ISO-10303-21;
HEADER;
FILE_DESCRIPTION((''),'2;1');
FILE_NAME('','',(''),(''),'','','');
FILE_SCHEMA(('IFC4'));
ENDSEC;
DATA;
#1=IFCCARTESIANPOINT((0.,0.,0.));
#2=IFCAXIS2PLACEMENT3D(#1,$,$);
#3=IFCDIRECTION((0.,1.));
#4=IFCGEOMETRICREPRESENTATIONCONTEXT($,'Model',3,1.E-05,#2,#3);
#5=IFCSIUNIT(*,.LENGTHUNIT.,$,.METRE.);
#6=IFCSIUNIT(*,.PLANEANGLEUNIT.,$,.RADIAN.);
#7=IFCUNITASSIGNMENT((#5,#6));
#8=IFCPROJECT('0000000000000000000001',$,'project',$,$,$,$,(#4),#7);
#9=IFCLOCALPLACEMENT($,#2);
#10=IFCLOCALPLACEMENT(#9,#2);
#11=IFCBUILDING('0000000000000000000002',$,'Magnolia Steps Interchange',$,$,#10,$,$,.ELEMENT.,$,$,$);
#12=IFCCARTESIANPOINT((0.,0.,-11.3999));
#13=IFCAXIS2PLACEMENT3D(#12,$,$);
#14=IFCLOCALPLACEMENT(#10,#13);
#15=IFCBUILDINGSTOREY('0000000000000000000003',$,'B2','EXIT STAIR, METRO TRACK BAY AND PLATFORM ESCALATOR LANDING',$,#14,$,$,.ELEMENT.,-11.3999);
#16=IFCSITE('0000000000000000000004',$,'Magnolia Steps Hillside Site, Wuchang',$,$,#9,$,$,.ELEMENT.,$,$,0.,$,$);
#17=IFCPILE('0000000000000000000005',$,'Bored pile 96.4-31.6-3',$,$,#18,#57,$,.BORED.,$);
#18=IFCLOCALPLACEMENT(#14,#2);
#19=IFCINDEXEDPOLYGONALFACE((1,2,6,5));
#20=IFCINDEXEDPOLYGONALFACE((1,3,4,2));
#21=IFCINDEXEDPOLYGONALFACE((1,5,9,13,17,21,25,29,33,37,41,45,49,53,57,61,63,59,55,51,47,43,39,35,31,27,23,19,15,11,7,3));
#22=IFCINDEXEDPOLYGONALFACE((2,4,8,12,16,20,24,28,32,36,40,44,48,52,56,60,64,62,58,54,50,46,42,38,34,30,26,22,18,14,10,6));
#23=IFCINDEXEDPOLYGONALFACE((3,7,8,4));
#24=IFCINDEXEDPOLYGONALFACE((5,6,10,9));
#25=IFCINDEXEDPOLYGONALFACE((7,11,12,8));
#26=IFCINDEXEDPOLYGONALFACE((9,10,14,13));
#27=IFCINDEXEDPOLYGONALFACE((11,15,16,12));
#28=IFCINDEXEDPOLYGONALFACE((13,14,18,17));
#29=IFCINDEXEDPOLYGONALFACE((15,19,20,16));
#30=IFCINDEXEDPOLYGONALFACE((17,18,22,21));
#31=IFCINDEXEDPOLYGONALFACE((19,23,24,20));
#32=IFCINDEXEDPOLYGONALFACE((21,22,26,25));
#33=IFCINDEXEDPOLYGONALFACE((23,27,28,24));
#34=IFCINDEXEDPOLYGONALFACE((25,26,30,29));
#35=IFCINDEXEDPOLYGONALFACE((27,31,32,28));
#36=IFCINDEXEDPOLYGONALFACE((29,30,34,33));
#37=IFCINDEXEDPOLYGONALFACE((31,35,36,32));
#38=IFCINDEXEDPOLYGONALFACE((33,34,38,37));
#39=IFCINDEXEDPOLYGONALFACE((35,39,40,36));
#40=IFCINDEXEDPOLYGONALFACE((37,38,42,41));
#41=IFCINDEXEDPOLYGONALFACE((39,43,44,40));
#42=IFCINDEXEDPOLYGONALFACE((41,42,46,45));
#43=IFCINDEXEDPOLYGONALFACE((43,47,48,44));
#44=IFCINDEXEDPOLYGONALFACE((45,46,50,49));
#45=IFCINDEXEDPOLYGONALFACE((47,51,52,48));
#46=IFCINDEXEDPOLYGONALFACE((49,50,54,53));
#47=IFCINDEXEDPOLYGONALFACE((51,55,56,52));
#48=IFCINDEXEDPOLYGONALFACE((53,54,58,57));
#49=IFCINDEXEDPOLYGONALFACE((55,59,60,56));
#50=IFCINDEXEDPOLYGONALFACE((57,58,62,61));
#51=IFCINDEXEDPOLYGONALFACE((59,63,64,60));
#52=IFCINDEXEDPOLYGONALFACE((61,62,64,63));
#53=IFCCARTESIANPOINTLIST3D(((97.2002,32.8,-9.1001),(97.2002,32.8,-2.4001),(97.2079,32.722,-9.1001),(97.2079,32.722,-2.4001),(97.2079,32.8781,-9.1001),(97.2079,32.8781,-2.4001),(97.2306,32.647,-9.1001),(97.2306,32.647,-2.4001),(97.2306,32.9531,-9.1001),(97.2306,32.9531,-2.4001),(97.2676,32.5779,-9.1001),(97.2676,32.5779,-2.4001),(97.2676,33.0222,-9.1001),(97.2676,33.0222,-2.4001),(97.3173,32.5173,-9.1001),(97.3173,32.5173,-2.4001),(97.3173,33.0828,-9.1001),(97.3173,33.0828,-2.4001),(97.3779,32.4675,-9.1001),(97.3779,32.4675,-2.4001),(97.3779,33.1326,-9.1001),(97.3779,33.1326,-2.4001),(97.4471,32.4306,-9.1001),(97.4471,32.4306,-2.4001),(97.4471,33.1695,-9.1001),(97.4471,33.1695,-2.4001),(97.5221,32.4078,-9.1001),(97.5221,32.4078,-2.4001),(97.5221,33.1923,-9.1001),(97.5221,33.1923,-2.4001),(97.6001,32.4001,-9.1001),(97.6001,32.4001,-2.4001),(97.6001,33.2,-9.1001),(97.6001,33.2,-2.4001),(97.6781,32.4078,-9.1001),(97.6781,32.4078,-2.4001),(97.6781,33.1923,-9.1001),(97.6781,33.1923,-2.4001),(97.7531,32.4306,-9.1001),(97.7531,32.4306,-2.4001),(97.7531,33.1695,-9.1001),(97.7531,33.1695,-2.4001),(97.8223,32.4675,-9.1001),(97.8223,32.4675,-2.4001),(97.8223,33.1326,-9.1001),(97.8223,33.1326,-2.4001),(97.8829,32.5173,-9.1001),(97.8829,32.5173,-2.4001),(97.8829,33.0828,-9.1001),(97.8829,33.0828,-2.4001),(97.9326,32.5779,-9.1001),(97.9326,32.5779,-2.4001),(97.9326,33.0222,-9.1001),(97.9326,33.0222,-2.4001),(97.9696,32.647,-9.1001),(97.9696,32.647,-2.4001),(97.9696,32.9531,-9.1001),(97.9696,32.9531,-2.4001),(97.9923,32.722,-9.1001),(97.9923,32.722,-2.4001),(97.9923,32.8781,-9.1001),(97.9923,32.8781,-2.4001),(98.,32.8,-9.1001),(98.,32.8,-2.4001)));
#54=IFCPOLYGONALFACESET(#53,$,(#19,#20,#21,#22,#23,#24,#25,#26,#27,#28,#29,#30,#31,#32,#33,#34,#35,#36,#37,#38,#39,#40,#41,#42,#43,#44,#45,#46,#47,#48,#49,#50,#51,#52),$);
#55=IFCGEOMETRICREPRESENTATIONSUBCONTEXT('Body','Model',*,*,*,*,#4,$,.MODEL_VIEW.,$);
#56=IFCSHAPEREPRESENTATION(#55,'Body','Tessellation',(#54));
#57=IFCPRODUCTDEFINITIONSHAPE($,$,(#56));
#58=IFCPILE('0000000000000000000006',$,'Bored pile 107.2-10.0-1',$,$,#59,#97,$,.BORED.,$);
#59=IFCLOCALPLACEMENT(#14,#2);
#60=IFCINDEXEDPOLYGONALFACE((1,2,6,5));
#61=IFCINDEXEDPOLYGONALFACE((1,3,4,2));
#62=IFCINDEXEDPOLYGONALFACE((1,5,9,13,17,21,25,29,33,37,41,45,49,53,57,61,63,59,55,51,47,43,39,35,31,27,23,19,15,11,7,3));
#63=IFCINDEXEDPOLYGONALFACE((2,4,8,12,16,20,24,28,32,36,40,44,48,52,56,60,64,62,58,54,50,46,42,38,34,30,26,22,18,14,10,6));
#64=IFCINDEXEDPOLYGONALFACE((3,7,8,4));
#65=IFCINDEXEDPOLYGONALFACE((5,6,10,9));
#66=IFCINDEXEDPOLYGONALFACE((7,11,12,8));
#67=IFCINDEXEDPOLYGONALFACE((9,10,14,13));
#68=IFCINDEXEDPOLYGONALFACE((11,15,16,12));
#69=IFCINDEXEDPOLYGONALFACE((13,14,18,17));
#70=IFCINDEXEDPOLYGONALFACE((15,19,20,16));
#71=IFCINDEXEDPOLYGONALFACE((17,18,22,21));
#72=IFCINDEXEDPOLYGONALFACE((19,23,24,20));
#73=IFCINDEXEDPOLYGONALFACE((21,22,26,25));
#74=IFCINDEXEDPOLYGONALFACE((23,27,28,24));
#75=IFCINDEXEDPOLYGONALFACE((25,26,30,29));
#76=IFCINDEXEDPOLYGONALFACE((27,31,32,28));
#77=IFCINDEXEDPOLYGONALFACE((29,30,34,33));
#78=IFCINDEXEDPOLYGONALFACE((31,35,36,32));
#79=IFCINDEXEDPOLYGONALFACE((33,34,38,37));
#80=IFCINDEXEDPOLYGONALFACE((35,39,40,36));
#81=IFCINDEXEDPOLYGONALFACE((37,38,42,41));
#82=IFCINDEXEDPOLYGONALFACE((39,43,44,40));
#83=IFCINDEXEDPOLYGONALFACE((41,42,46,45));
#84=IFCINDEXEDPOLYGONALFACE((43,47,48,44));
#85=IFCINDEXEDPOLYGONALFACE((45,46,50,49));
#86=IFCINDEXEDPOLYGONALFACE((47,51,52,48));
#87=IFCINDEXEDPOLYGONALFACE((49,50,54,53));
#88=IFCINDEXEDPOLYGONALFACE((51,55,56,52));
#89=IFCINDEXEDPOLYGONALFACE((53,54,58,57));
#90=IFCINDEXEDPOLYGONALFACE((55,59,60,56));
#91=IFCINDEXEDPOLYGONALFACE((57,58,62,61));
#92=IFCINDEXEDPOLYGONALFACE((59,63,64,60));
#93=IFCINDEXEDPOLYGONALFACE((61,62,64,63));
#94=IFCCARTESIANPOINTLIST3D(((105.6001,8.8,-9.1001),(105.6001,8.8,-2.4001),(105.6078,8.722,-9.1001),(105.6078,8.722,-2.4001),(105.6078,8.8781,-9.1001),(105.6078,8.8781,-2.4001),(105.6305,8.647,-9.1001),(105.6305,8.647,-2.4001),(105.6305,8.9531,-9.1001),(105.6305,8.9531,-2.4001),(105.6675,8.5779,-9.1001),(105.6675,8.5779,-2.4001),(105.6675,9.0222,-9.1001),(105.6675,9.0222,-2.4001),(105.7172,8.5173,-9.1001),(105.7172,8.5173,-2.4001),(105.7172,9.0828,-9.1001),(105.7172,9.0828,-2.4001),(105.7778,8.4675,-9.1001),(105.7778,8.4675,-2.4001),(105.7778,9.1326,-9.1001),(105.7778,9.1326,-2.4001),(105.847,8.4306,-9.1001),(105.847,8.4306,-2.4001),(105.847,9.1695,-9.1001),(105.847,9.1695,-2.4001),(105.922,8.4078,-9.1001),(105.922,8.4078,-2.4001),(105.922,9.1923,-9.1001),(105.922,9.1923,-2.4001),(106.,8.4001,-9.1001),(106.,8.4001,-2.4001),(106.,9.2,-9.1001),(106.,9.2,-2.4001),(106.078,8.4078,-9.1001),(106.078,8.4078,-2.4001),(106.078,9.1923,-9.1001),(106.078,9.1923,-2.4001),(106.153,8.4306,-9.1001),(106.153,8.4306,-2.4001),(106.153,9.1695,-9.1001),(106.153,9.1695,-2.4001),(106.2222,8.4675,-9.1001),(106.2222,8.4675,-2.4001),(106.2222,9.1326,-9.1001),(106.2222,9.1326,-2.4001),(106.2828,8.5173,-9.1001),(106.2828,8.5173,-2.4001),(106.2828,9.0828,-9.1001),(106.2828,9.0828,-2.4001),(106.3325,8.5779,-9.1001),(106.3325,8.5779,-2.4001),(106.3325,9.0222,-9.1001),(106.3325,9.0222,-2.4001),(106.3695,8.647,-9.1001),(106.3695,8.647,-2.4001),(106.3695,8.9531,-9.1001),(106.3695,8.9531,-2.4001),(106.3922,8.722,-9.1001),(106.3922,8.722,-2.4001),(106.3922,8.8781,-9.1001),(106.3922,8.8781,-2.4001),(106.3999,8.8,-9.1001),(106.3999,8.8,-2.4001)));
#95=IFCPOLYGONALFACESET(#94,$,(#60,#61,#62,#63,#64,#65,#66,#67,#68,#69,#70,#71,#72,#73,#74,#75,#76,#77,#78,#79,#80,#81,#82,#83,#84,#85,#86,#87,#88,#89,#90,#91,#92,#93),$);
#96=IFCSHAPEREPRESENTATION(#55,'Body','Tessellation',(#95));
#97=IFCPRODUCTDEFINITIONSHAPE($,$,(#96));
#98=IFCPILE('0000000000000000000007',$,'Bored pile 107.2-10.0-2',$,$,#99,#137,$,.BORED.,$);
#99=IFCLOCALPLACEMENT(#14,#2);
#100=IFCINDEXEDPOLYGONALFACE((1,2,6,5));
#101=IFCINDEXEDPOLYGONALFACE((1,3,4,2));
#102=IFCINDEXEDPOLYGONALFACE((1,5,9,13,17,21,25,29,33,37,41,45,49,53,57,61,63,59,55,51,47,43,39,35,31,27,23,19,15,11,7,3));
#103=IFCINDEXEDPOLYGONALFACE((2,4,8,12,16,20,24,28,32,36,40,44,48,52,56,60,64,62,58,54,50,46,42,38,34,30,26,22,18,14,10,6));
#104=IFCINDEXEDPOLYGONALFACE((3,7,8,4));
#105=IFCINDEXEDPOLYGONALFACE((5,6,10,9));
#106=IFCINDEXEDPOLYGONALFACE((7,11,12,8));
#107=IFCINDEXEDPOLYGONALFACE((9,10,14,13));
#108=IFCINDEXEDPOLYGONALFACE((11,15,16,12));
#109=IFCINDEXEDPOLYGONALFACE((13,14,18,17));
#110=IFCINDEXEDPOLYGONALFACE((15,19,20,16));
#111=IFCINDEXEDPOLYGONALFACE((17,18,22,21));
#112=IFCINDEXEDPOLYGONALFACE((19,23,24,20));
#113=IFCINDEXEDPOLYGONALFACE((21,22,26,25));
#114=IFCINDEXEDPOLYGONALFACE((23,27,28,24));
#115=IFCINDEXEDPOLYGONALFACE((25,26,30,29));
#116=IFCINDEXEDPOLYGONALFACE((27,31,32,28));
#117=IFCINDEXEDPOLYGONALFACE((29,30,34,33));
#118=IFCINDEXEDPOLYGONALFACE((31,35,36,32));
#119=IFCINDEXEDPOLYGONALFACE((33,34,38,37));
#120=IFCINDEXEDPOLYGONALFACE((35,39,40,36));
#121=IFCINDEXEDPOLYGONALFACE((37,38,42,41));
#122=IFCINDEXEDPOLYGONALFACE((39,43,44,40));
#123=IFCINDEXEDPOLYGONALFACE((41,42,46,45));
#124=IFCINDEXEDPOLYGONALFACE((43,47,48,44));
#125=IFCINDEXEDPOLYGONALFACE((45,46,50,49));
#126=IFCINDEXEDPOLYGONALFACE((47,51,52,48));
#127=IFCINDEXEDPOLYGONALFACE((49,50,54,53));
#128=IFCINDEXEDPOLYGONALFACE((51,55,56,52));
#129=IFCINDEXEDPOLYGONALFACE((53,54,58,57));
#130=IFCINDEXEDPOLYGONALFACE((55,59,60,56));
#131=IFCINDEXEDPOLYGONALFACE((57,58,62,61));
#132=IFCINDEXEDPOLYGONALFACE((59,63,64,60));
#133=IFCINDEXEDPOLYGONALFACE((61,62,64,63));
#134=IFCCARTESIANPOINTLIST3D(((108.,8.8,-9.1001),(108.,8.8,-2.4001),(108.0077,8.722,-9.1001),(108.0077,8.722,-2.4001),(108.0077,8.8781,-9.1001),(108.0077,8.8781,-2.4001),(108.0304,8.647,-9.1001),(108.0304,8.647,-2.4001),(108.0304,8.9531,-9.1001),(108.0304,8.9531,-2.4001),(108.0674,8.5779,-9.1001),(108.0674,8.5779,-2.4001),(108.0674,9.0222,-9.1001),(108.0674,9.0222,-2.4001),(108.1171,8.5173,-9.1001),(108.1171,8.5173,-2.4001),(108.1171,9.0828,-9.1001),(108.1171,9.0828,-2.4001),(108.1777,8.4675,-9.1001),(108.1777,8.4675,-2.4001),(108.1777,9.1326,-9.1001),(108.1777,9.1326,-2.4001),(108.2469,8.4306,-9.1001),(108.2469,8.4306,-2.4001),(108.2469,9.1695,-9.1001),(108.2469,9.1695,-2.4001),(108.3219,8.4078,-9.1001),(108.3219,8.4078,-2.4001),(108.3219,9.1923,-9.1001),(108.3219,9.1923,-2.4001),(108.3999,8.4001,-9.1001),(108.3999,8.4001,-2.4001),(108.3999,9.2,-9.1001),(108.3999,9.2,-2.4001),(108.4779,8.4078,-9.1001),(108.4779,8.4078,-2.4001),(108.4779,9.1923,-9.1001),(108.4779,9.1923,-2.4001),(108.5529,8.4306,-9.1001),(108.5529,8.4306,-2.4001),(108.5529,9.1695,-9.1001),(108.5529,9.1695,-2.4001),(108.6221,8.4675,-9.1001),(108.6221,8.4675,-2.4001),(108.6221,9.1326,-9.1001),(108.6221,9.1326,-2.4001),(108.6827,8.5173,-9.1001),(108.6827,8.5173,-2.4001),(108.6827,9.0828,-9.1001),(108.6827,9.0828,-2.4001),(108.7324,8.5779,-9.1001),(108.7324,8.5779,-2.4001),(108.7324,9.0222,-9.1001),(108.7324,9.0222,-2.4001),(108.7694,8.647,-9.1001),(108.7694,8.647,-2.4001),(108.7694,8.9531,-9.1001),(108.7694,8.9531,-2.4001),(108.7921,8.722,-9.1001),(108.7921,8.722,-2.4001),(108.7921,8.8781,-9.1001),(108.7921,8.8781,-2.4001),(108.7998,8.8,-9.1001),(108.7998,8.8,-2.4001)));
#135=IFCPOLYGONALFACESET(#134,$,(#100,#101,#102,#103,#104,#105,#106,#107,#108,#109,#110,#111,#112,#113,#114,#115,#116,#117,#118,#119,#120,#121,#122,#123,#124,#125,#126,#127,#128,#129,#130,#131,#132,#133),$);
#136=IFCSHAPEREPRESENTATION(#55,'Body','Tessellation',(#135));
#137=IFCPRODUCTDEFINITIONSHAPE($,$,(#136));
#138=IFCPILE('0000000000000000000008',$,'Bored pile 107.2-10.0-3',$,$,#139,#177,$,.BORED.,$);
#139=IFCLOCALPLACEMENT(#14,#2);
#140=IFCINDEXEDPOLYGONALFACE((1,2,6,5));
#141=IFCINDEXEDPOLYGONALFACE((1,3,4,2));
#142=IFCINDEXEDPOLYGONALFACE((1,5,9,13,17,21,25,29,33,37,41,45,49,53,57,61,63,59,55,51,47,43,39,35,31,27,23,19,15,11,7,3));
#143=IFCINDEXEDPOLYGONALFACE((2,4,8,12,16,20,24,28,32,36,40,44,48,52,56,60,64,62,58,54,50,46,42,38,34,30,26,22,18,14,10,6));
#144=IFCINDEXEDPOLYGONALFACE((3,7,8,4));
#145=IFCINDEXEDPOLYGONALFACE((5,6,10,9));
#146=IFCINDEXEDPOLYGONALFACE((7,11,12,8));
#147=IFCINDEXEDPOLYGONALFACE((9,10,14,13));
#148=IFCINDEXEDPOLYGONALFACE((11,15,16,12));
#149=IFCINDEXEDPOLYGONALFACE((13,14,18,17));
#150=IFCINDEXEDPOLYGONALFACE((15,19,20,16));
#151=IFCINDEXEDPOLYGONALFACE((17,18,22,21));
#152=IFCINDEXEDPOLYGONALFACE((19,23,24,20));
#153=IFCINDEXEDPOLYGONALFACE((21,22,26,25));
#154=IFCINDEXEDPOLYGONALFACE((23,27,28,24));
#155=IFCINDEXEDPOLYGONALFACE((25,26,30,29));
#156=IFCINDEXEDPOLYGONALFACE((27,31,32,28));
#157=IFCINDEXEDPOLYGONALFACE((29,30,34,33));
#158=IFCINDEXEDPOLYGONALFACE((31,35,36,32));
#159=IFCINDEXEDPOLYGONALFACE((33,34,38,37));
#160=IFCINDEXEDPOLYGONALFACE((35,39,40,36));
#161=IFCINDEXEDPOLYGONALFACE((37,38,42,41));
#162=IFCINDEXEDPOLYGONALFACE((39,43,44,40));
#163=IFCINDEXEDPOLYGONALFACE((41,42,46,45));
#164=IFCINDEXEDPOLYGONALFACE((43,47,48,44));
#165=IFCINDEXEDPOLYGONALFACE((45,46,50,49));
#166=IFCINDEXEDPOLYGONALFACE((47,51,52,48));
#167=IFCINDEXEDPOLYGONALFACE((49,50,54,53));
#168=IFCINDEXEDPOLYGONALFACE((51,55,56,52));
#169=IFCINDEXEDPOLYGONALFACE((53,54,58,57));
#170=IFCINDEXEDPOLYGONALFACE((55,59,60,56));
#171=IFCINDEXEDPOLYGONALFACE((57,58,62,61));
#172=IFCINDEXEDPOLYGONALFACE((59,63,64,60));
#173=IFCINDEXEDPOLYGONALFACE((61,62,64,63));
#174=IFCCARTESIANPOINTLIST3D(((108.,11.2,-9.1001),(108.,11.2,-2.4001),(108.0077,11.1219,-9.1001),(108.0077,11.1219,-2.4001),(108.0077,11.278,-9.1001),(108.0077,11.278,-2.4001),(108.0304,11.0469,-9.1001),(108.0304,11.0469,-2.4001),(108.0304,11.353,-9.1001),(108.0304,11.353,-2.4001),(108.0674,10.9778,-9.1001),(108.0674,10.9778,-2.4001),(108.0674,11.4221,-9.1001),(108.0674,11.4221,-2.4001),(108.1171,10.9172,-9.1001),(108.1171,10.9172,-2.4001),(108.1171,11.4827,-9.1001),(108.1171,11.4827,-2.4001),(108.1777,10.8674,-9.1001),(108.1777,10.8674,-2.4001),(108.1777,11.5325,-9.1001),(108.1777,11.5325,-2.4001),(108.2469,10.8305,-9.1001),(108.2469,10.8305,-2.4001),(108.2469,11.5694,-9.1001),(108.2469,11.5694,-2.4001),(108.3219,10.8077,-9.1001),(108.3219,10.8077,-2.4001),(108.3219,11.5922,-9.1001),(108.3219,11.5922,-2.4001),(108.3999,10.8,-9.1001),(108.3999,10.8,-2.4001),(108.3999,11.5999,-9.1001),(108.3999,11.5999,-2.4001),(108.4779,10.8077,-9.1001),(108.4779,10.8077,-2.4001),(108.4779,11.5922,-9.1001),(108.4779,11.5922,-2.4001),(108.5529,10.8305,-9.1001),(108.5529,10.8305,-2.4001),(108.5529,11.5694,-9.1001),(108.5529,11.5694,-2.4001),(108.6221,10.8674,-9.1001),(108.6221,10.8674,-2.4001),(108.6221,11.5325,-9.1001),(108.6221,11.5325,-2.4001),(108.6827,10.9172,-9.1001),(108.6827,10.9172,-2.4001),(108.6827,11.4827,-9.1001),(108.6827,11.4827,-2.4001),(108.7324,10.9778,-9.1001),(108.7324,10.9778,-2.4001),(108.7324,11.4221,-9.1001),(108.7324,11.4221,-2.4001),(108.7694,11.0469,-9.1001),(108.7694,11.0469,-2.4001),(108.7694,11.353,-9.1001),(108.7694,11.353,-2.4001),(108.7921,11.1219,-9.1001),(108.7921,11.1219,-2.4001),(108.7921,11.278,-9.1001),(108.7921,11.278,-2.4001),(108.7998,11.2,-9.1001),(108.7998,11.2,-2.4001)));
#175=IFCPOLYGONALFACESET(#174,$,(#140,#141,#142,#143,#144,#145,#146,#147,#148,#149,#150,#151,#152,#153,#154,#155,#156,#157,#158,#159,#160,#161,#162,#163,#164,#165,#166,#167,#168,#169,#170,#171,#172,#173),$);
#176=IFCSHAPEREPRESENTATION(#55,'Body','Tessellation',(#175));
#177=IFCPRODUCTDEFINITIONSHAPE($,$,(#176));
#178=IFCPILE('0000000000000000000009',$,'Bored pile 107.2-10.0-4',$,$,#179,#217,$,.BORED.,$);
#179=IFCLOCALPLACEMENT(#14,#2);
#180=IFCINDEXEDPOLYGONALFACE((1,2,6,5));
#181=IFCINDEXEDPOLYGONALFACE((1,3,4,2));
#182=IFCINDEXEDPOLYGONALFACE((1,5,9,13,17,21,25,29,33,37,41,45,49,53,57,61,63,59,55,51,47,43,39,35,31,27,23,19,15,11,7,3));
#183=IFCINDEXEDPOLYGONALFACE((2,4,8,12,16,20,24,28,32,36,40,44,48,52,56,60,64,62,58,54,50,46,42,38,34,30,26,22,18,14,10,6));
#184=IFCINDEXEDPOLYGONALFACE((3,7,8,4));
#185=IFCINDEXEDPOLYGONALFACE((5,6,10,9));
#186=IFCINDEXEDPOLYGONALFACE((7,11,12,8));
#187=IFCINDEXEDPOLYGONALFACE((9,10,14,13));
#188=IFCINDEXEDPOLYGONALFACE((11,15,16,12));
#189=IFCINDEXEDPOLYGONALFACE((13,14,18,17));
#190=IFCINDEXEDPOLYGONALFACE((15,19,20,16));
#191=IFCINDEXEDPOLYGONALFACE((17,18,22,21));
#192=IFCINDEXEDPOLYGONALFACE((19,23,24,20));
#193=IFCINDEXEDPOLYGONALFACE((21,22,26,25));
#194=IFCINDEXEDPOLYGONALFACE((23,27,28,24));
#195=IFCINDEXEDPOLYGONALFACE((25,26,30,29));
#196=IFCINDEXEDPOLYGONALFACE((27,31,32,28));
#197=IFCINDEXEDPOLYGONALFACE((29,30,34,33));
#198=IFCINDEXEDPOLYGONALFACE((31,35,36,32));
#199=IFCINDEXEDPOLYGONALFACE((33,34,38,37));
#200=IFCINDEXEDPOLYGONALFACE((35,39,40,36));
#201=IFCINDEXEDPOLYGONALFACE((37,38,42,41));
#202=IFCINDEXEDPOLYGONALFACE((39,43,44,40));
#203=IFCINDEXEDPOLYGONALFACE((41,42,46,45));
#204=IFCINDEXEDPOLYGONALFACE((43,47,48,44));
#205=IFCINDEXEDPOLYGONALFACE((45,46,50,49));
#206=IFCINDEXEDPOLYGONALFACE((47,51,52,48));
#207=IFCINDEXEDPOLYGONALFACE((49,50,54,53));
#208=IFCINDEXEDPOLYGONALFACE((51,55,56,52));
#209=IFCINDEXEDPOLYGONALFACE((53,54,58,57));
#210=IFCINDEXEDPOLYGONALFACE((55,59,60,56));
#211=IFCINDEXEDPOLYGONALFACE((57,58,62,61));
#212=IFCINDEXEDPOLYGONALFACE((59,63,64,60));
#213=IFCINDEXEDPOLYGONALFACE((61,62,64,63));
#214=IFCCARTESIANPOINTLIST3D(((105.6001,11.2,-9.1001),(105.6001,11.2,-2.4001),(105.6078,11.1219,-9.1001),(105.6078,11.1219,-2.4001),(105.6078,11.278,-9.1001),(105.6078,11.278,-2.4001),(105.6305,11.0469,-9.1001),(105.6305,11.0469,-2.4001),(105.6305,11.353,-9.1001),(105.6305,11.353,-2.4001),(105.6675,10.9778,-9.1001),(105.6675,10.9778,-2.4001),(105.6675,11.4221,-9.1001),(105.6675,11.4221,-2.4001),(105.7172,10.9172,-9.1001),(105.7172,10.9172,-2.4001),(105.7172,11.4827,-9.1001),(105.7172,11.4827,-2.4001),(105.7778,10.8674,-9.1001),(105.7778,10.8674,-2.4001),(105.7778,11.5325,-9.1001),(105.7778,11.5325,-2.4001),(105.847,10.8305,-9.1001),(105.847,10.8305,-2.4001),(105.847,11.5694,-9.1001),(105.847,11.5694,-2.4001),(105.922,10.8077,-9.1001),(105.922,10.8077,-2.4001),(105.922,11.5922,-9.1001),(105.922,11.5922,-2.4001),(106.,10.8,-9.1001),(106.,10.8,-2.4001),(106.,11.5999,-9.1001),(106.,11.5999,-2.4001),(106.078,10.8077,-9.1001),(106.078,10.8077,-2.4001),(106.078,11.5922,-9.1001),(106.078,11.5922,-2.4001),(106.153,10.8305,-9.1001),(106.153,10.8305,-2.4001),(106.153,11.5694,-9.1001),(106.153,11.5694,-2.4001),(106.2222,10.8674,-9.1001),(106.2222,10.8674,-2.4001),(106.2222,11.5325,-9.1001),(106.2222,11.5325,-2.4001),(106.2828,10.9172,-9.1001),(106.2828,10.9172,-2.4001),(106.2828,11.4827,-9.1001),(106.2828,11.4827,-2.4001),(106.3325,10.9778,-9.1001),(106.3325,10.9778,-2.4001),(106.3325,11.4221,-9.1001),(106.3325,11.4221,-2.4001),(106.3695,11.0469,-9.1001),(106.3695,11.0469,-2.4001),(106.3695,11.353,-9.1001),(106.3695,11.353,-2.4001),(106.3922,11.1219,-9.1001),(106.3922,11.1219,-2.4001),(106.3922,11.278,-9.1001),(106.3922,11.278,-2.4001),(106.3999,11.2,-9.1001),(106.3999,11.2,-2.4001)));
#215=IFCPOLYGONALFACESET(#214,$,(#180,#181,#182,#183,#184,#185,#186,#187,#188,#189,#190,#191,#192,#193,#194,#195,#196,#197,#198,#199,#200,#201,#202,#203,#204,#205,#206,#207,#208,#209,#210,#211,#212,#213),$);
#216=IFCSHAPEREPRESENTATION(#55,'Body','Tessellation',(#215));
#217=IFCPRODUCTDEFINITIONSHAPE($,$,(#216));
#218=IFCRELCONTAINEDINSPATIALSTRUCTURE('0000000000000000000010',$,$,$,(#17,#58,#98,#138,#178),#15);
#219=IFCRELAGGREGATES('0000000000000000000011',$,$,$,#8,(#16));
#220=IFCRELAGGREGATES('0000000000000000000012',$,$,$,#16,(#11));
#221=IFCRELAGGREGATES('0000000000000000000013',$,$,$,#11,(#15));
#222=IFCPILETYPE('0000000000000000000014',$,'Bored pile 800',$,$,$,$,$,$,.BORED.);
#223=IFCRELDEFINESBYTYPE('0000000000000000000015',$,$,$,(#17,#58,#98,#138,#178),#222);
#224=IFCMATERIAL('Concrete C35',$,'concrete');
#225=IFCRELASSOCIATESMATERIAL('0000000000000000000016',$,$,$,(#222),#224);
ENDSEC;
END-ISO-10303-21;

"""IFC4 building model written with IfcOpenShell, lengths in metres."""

from ifc_helpers import new_model, si_unit, direction, frame, origin, origin_2d, place, context, subcontext, project, spatial, circle, extrude, material, material_profile, profile_set, type_object, element, save


model = new_model("IFC4")

# Units and contexts
model_context = context("Model", 3, precision=1e-05, world=origin(), true_north=direction((0.0, 1.0)))
body_context = subcontext(model_context, "Body", "Model", "MODEL_VIEW")
ifc_project = project(units=[si_unit("LENGTHUNIT", "METRE"), si_unit("PLANEANGLEUNIT", "RADIAN")], contexts=[model_context])

# Site, building, storey
site_placement = place(None, origin())
site = spatial("IfcSite", under=ifc_project, at=site_placement, Name="Magnolia Steps Hillside Site, Wuchang", CompositionType="ELEMENT", RefElevation=0.0)
building_placement = place(site_placement, origin())
building = spatial("IfcBuilding", under=site, at=building_placement, Name="Magnolia Steps Interchange", CompositionType="ELEMENT")
storey_placement = place(building_placement, frame((0.0, 0.0, -11.3999)))
storey = spatial("IfcBuildingStorey", under=building, at=storey_placement, Name="B2", Description="EXIT STAIR, METRO TRACK BAY AND PLATFORM ESCALATOR LANDING", CompositionType="ELEMENT", Elevation=-11.3999)

# Piles
ifc_material_1 = material(Name="Concrete C35", Category="concrete")
ifc_material_profile_1 = material_profile(ifc_material_1, circle(Radius=0.3999, at=origin_2d()), Name="Bored pile 800")
ifc_profile_set_1 = profile_set([ifc_material_profile_1], Name="Concrete C35")
pile_type = type_object("IfcPileType", Name="Bored pile 800", PredefinedType="BORED", material=ifc_profile_set_1)
for number, where, z_axis, x_axis, name in (
    (1, (97.6001, 32.8, -2.4001), (0.0, 0.0, -1.0), (1.0, 0.0, 0.0), "Bored pile 96.4-31.6-3"),
    (2, (106.0, 8.8, -2.4001), (0.0, 0.0, -1.0), (1.0, 0.0, 0.0), "Bored pile 107.2-10.0-1"),
    (3, (108.3999, 8.8, -2.4001), (0.0, 0.0, -1.0), (1.0, 0.0, 0.0), "Bored pile 107.2-10.0-2"),
    (4, (108.3999, 11.2, -2.4001), (0.0, 0.0, -1.0), (1.0, 0.0, 0.0), "Bored pile 107.2-10.0-3"),
    (5, (106.0, 11.2, -2.4001), (0.0, 0.0, -1.0), (1.0, 0.0, 0.0), "Bored pile 107.2-10.0-4"),
):
    element("IfcPile", number, at=place(storey_placement, frame(where, z_axis=z_axis, x_axis=x_axis)), inside=storey, type_object=pile_type, Name=name, PredefinedType="BORED", context=body_context, shape_type="SweptSolid", body=[
        extrude(circle(Radius=0.3999, at=origin_2d()), origin(), (0.0, 0.0, 1.0), 6.7),
    ])

save(model, "model.ifc")
